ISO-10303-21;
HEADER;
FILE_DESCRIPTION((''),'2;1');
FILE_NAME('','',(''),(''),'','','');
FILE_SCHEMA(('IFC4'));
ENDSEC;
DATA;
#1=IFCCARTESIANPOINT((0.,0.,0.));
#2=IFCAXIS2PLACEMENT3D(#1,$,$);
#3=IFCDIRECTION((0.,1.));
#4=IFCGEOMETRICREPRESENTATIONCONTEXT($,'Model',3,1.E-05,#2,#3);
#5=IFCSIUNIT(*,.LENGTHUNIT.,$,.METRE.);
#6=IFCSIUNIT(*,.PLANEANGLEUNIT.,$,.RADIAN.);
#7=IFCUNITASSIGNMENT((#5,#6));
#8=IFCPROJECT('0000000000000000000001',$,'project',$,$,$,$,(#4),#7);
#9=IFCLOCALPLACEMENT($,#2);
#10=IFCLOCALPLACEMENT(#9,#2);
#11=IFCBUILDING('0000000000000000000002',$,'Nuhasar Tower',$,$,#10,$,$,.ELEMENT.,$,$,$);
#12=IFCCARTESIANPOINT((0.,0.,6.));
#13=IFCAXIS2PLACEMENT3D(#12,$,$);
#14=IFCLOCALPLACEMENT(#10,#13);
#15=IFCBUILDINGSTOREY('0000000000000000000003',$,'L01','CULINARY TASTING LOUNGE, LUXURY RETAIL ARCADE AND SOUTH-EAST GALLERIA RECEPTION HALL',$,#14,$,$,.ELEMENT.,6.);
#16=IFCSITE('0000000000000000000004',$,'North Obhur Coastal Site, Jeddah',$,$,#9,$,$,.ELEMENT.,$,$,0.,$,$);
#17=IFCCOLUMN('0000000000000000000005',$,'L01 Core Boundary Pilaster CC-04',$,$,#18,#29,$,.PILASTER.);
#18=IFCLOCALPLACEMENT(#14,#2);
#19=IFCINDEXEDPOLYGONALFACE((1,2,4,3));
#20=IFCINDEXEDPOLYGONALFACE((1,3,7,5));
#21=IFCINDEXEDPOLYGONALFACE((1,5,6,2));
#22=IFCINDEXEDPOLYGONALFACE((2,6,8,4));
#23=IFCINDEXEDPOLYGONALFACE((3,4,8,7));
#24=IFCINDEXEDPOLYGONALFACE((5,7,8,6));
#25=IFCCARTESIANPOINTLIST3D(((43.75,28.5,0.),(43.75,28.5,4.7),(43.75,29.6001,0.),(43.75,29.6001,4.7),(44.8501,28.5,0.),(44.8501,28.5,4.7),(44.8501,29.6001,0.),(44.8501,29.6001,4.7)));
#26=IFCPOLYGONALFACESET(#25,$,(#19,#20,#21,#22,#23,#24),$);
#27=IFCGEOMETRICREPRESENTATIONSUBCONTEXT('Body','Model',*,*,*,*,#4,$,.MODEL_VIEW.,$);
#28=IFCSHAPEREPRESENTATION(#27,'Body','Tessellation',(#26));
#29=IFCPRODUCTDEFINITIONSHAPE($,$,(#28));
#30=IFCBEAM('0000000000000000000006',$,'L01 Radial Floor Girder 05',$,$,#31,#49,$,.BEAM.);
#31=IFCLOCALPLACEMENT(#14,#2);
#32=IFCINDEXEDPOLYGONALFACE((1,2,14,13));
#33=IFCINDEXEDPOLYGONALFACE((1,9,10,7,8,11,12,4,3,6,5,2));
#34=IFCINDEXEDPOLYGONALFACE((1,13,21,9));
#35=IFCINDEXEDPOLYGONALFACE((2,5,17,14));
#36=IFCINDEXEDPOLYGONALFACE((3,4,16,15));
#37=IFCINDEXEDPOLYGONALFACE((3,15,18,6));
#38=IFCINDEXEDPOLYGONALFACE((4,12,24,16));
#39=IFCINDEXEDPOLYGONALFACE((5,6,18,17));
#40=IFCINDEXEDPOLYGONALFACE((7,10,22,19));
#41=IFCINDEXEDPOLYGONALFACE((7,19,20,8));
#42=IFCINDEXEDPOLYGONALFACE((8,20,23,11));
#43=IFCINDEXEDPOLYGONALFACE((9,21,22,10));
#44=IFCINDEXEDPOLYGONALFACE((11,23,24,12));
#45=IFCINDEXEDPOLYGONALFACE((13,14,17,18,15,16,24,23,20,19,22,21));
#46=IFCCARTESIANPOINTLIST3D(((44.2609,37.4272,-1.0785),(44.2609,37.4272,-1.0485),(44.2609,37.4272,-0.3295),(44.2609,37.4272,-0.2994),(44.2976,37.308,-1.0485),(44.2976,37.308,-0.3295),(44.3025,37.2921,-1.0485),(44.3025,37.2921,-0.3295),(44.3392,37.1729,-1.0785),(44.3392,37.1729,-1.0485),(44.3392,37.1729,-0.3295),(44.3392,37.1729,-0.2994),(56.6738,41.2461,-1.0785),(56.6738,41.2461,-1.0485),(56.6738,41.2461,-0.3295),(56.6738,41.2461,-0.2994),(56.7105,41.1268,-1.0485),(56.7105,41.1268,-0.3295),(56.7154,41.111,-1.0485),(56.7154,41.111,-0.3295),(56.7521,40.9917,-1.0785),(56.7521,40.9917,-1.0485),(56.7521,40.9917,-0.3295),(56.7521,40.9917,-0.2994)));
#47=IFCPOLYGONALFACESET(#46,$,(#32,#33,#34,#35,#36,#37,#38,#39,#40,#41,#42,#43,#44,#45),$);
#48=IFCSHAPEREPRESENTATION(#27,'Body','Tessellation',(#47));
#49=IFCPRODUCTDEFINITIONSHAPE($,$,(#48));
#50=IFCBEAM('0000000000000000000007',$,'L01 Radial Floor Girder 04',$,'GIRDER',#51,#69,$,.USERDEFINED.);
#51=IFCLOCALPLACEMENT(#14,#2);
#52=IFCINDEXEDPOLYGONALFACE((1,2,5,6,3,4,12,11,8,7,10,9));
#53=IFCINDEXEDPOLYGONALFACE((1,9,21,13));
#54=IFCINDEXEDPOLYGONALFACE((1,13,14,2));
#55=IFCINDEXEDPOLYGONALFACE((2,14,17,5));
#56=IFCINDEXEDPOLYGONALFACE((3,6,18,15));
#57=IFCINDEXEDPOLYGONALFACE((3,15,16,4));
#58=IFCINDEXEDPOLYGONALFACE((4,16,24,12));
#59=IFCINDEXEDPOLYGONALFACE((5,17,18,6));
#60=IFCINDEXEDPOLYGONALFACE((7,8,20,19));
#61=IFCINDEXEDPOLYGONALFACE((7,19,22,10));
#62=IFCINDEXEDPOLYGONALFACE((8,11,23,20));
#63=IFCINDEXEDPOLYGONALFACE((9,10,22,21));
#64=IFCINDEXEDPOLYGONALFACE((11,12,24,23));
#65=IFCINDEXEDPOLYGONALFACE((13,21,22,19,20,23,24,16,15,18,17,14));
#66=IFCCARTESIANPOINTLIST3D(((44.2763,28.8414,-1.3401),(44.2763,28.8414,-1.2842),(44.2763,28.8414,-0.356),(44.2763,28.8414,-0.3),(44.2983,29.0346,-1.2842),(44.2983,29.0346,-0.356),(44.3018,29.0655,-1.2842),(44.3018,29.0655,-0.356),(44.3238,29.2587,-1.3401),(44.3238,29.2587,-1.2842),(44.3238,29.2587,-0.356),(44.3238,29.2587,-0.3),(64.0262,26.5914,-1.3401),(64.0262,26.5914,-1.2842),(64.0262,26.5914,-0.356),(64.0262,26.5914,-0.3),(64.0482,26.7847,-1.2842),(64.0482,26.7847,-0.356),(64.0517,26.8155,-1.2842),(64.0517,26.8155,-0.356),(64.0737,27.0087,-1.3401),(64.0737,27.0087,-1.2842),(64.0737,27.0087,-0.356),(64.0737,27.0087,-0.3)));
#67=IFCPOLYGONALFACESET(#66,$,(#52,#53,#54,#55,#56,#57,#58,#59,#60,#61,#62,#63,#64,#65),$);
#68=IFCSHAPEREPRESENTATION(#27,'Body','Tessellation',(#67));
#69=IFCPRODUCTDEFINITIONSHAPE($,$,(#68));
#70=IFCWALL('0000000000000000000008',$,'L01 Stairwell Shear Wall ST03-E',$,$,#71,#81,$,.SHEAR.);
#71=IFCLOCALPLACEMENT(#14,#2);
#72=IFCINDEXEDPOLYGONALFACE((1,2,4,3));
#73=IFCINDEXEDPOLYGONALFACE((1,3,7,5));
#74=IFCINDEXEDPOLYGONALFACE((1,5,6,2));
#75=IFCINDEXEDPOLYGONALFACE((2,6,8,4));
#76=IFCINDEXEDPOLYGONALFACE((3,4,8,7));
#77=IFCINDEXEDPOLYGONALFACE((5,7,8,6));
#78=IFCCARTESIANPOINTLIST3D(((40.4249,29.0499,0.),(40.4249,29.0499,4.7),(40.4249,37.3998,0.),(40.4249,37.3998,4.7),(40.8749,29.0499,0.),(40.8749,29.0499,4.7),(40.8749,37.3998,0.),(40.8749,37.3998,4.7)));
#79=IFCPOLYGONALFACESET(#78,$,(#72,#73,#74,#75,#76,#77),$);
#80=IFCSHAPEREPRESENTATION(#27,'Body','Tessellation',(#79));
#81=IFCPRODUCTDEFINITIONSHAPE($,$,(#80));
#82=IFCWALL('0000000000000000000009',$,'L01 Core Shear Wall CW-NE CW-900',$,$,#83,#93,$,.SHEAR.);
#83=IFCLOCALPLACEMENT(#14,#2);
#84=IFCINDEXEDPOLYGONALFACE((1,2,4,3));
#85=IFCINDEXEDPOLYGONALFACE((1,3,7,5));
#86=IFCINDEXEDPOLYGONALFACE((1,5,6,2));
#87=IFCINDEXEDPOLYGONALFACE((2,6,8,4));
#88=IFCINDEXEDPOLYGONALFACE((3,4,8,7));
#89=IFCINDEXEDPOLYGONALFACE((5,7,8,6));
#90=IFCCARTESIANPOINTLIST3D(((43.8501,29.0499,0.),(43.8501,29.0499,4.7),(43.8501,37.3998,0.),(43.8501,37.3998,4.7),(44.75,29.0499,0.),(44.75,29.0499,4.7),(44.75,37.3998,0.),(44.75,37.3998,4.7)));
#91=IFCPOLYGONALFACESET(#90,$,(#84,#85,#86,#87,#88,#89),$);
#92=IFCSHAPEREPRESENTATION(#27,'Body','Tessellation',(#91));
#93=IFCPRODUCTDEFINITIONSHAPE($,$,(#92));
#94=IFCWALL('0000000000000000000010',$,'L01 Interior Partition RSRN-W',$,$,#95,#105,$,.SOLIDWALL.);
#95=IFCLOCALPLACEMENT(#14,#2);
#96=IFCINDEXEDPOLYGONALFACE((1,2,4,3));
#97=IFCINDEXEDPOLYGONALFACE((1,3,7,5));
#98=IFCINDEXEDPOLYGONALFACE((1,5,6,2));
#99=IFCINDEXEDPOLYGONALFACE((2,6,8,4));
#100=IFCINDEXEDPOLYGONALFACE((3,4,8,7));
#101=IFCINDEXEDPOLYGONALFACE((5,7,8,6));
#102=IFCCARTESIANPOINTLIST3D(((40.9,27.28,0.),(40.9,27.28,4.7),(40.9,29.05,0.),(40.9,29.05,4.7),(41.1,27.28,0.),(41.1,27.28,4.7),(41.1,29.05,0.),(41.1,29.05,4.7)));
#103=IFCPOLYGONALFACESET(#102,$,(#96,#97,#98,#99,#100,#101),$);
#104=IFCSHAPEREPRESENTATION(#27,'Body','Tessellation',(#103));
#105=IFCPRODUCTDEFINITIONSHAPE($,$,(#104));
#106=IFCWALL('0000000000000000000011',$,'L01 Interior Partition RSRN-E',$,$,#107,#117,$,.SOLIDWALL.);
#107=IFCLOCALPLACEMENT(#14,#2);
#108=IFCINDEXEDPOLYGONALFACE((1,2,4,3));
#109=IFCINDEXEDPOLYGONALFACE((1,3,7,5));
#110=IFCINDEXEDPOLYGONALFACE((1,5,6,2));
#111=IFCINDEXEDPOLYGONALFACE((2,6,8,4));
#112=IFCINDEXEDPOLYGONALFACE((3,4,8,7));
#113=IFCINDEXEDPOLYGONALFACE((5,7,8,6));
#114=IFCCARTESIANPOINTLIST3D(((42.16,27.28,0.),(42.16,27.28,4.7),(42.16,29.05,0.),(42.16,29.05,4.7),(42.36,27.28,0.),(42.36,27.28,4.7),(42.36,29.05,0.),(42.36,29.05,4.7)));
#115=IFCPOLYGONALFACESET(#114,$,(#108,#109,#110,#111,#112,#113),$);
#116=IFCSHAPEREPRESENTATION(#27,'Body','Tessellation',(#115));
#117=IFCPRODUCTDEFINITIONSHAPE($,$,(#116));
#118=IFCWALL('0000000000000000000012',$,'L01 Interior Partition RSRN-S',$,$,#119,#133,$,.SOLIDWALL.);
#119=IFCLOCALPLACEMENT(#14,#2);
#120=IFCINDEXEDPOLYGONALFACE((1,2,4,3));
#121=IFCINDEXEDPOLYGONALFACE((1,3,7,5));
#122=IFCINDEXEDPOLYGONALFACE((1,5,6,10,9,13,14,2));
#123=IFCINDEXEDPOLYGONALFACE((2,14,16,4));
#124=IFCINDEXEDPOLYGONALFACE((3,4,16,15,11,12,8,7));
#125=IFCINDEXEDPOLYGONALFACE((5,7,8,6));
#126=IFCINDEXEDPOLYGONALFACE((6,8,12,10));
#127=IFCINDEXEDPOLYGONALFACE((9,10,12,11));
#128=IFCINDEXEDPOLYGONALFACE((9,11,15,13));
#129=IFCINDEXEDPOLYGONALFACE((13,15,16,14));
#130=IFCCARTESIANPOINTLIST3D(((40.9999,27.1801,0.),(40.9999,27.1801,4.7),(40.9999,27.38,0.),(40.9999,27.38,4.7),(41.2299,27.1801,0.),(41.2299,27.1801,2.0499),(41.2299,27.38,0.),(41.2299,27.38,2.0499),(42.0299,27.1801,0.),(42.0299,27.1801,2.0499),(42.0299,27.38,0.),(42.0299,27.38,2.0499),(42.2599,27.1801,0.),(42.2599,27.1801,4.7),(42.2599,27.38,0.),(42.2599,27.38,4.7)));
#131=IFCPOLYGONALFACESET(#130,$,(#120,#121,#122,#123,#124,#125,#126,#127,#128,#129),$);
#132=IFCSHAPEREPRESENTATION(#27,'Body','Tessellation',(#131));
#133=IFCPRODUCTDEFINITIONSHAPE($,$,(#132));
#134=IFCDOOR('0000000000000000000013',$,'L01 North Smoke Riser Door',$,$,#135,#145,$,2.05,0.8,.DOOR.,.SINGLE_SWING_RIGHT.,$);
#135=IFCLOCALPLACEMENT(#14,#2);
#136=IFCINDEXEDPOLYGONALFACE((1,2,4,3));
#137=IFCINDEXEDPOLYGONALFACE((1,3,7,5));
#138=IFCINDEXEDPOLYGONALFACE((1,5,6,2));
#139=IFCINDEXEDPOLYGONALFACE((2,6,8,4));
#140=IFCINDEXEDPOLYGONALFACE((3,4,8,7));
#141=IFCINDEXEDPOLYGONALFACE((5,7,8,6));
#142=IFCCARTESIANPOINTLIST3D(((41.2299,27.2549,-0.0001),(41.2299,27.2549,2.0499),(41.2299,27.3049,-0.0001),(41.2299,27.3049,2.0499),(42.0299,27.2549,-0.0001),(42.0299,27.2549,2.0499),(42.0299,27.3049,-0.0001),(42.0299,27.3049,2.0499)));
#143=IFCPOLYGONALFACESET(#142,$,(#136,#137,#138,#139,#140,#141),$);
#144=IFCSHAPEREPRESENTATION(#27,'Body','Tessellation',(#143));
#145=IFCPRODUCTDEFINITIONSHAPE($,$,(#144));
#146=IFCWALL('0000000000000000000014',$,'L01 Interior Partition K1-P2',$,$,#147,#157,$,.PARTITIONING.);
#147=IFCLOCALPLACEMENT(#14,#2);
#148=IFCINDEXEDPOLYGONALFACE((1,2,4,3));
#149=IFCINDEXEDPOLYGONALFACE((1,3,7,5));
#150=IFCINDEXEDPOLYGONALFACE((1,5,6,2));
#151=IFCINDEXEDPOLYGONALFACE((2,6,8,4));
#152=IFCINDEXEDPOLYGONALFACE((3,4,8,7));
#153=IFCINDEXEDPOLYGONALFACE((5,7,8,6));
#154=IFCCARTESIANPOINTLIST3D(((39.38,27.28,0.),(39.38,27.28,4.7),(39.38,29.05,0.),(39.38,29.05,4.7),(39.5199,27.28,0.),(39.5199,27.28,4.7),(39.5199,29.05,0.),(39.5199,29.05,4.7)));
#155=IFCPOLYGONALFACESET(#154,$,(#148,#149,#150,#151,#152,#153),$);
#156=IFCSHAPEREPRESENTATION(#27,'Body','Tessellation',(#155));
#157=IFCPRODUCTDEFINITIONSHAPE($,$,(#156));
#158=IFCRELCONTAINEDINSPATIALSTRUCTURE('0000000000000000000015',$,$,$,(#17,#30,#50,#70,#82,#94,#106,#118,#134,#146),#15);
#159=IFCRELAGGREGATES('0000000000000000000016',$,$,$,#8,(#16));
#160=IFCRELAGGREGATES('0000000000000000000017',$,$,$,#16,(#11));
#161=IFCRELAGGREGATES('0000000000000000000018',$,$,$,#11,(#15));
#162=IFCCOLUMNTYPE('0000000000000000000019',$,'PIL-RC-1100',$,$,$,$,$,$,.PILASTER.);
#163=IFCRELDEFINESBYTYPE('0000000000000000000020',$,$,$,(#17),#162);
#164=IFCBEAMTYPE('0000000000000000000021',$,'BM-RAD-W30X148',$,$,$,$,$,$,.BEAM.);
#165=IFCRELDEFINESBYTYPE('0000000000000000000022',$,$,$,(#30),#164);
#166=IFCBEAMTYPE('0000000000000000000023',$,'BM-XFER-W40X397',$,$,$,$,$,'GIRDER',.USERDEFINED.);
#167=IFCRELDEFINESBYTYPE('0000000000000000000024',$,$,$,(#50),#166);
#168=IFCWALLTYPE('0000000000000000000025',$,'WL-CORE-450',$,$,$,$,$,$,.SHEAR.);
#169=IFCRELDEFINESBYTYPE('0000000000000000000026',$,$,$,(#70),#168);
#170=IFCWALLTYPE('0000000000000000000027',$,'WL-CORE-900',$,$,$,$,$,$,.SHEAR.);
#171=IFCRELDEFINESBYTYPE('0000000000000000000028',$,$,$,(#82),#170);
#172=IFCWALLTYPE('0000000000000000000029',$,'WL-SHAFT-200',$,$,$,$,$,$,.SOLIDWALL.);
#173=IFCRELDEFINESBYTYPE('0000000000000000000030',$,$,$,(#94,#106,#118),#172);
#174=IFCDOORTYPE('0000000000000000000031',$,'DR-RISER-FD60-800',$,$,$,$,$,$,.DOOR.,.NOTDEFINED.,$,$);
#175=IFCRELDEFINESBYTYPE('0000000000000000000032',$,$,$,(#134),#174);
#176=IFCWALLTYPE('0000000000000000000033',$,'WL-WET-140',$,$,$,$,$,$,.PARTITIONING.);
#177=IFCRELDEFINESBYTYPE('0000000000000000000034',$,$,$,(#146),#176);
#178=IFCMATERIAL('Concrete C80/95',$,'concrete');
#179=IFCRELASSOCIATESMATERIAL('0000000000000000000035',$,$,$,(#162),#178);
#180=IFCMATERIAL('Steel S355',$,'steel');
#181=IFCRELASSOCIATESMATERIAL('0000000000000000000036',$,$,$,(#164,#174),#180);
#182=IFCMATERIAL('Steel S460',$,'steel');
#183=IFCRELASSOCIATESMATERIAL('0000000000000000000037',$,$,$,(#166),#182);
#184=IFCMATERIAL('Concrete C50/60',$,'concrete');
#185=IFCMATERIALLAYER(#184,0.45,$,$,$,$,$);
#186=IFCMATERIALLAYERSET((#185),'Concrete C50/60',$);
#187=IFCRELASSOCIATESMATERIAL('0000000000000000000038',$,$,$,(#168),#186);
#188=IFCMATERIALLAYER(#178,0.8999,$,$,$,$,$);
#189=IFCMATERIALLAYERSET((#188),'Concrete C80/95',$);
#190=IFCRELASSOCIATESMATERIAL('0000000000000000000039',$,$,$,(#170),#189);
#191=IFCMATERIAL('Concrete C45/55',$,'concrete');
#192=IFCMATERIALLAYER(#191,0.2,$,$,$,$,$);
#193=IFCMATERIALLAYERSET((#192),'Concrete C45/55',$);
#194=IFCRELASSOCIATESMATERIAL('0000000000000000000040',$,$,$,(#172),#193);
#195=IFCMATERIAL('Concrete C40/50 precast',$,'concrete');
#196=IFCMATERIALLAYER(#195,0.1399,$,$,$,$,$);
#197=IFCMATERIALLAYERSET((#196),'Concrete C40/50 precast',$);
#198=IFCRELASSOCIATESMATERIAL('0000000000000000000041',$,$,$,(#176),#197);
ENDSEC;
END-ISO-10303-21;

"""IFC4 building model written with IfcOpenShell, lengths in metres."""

from ifc_helpers import new_model, si_unit, direction, frame, frame_2d, origin, origin_2d, place, context, subcontext, project, spatial, rectangle, i_section, extrude, material, layer, layer_set, material_profile, profile_set, type_object, element, fill, save


model = new_model("IFC4")

# Units and contexts
model_context = context("Model", 3, precision=1e-05, world=origin(), true_north=direction((0.0, 1.0)))
body_context = subcontext(model_context, "Body", "Model", "MODEL_VIEW")
ifc_project = project(units=[si_unit("LENGTHUNIT", "METRE"), si_unit("PLANEANGLEUNIT", "RADIAN")], contexts=[model_context])

# Site, building, storey
site_placement = place(None, origin())
site = spatial("IfcSite", under=ifc_project, at=site_placement, Name="North Obhur Coastal Site, Jeddah", CompositionType="ELEMENT", RefElevation=0.0)
building_placement = place(site_placement, origin())
building = spatial("IfcBuilding", under=site, at=building_placement, Name="Nuhasar Tower", CompositionType="ELEMENT")
storey_placement = place(building_placement, frame((0.0, 0.0, 6.0)))
storey = spatial("IfcBuildingStorey", under=building, at=storey_placement, Name="L01", Description="CULINARY TASTING LOUNGE, LUXURY RETAIL ARCADE AND SOUTH-EAST GALLERIA RECEPTION HALL", CompositionType="ELEMENT", Elevation=6.0)

# Column
ifc_material_1 = material(Name="Concrete C80/95", Category="concrete")
ifc_material_profile_1 = material_profile(ifc_material_1, rectangle(XDim=1.1001, YDim=1.1001, at=origin_2d()), Name="RC1100X1100")
ifc_profile_set_1 = profile_set([ifc_material_profile_1], Name="Concrete C80/95")
column_type = type_object("IfcColumnType", Name="PIL-RC-1100", PredefinedType="PILASTER", material=ifc_profile_set_1)
column_placement = place(storey_placement, frame((44.3, 29.05, 0.0), z_axis=(0.0, 0.0, 1.0), x_axis=(1.0, 0.0, 0.0)))
element("IfcColumn", 1, at=column_placement, inside=storey, type_object=column_type, Name="L01 Core Boundary Pilaster CC-04", PredefinedType="PILASTER", context=body_context, shape_type="SweptSolid", body=[
    extrude(rectangle(XDim=1.1001, YDim=1.1001, at=origin_2d()), origin(), (0.0, 0.0, 1.0), 4.7),
])

# Beams
ifc_material_2 = material(Name="Steel S355", Category="steel")
ifc_material_profile_2 = material_profile(ifc_material_2, i_section(OverallWidth=0.2661, OverallDepth=0.7791, WebThickness=0.0166, FlangeThickness=0.03, at=origin_2d()), Name="W30X148")
ifc_profile_set_2 = profile_set([ifc_material_profile_2], Name="Steel S355")
beam_type_1 = type_object("IfcBeamType", Name="BM-RAD-W30X148", PredefinedType="BEAM", material=ifc_profile_set_2)
beam_1_placement = place(storey_placement, frame((44.3, 37.3, -0.689), z_axis=(0.95579, 0.294052, 0.0), x_axis=(-0.294052, 0.95579, 0.0)))
element("IfcBeam", 2, at=beam_1_placement, inside=storey, type_object=beam_type_1, Name="L01 Radial Floor Girder 05", PredefinedType="BEAM", context=body_context, shape_type="SweptSolid", body=[
    extrude(i_section(OverallWidth=0.2661, OverallDepth=0.7791, WebThickness=0.0166, FlangeThickness=0.03, at=origin_2d()), origin(), (0.0, 0.0, 1.0), 12.9871),
])
ifc_material_3 = material(Name="Steel S460", Category="steel")
ifc_material_profile_3 = material_profile(ifc_material_3, i_section(OverallWidth=0.4199, OverallDepth=1.04, WebThickness=0.031, FlangeThickness=0.0559, at=origin_2d()), Name="W40X397")
ifc_profile_set_3 = profile_set([ifc_material_profile_3], Name="Steel S460")
beam_type_2 = type_object("IfcBeamType", Name="BM-XFER-W40X397", ElementType="GIRDER", PredefinedType="USERDEFINED", material=ifc_profile_set_3)
beam_2_placement = place(storey_placement, frame((44.3, 29.05, -0.8201), z_axis=(0.993573, -0.113192, 0.0), x_axis=(0.113192, 0.993573, 0.0)))
element("IfcBeam", 3, at=beam_2_placement, inside=storey, type_object=beam_type_2, Name="L01 Radial Floor Girder 04", ObjectType="GIRDER", PredefinedType="USERDEFINED", context=body_context, shape_type="SweptSolid", body=[
    extrude(i_section(OverallWidth=0.4199, OverallDepth=1.04, WebThickness=0.031, FlangeThickness=0.0559, at=origin_2d()), origin(), (0.0, 0.0, 1.0), 19.8777),
])

# Walls
ifc_material_4 = material(Name="Concrete C50/60", Category="concrete")
ifc_layer_1 = layer(ifc_material_4, 0.45)
ifc_layer_set_1 = layer_set([ifc_layer_1], Name="Concrete C50/60")
wall_type_1 = type_object("IfcWallType", Name="WL-CORE-450", PredefinedType="SHEAR", material=ifc_layer_set_1)
wall_1_placement = place(storey_placement, frame((40.6499, 29.05, 0.0), z_axis=(0.0, 0.0, 1.0), x_axis=(0.0, 1.0, 0.0)))
element("IfcWall", 4, at=wall_1_placement, inside=storey, type_object=wall_type_1, Name="L01 Stairwell Shear Wall ST03-E", PredefinedType="SHEAR", context=body_context, shape_type="SweptSolid", body=[
    extrude(rectangle(XDim=8.3499, YDim=0.45, at=frame_2d((4.1748, 0.0))), origin(), (0.0, 0.0, 1.0), 4.7),
])
ifc_layer_2 = layer(ifc_material_1, 0.8999)
ifc_layer_set_2 = layer_set([ifc_layer_2], Name="Concrete C80/95")
wall_type_2 = type_object("IfcWallType", Name="WL-CORE-900", PredefinedType="SHEAR", material=ifc_layer_set_2)
wall_2_placement = place(storey_placement, frame((44.3, 29.05, 0.0), z_axis=(0.0, 0.0, 1.0), x_axis=(0.0, 1.0, 0.0)))
element("IfcWall", 5, at=wall_2_placement, inside=storey, type_object=wall_type_2, Name="L01 Core Shear Wall CW-NE CW-900", PredefinedType="SHEAR", context=body_context, shape_type="SweptSolid", body=[
    extrude(rectangle(XDim=8.3499, YDim=0.8999, at=frame_2d((4.1748, 0.0))), origin(), (0.0, 0.0, 1.0), 4.7),
])
ifc_material_5 = material(Name="Concrete C45/55", Category="concrete")
ifc_layer_3 = layer(ifc_material_5, 0.2)
ifc_layer_set_3 = layer_set([ifc_layer_3], Name="Concrete C45/55")
wall_type_3 = type_object("IfcWallType", Name="WL-SHAFT-200", PredefinedType="SOLIDWALL", material=ifc_layer_set_3)
for number, where, z_axis, x_axis, name in (
    (6, (41.0, 27.28, 0.0), (0.0, 0.0, 1.0), (0.0, 1.0, 0.0), "L01 Interior Partition RSRN-W"),
    (7, (42.26, 27.28, 0.0), (0.0, 0.0, 1.0), (0.0, 1.0, 0.0), "L01 Interior Partition RSRN-E"),
):
    element("IfcWall", number, at=place(storey_placement, frame(where, z_axis=z_axis, x_axis=x_axis)), inside=storey, type_object=wall_type_3, Name=name, PredefinedType="SOLIDWALL", context=body_context, shape_type="SweptSolid", body=[
        extrude(rectangle(XDim=1.77, YDim=0.2, at=frame_2d((0.885, 0.0))), origin(), (0.0, 0.0, 1.0), 4.7),
    ])

# Wall, opening, door
wall_3_placement = place(storey_placement, frame((41.0, 27.28, 0.0), z_axis=(0.0, 0.0, 1.0), x_axis=(1.0, 0.0, 0.0)))
wall_3 = element("IfcWall", 8, at=wall_3_placement, inside=storey, type_object=wall_type_3, Name="L01 Interior Partition RSRN-S", PredefinedType="SOLIDWALL", context=body_context, shape_type="SweptSolid", body=[
    extrude(rectangle(XDim=1.26, YDim=0.2, at=frame_2d((0.6299, 0.0))), origin(), (0.0, 0.0, 1.0), 4.7),
])
opening_placement = place(wall_3_placement, frame((0.23, 0.0, 0.0)))
opening = element("IfcOpeningElement", 9, at=opening_placement, cuts=wall_3, PredefinedType="OPENING", context=body_context, shape_type="SweptSolid", body=[
    extrude(rectangle(XDim=0.8, YDim=2.05, at=frame_2d((0.3999, 1.0249))), frame((0.0, 0.1099, 0.0), z_axis=(0.0, -1.0, 0.0), x_axis=(1.0, 0.0, 0.0)), (0.0, 0.0, 1.0), 0.22),
])
door_type = type_object("IfcDoorType", Name="DR-RISER-FD60-800", OperationType="NOTDEFINED", PredefinedType="DOOR", material=ifc_material_2)
door_placement = place(opening_placement, origin())
door = element("IfcDoor", 10, at=door_placement, inside=storey, type_object=door_type, Name="L01 North Smoke Riser Door", OperationType="SINGLE_SWING_RIGHT", OverallHeight=2.05, OverallWidth=0.8, PredefinedType="DOOR", context=body_context, shape_type="SweptSolid", body=[
    extrude(rectangle(XDim=0.8, YDim=2.05, at=frame_2d((0.3999, 1.0249))), frame((0.0, 0.0249, 0.0), z_axis=(0.0, -1.0, 0.0), x_axis=(1.0, 0.0, 0.0)), (0.0, 0.0, 1.0), 0.05),
])
fill(opening, door)

# Wall
ifc_material_6 = material(Name="Concrete C40/50 precast", Category="concrete")
ifc_layer_4 = layer(ifc_material_6, 0.1399)
ifc_layer_set_4 = layer_set([ifc_layer_4], Name="Concrete C40/50 precast")
wall_type_4 = type_object("IfcWallType", Name="WL-WET-140", PredefinedType="PARTITIONING", material=ifc_layer_set_4)
wall_4_placement = place(storey_placement, frame((39.45, 27.28, 0.0), z_axis=(0.0, 0.0, 1.0), x_axis=(0.0, 1.0, 0.0)))
element("IfcWall", 11, at=wall_4_placement, inside=storey, type_object=wall_type_4, Name="L01 Interior Partition K1-P2", PredefinedType="PARTITIONING", context=body_context, shape_type="SweptSolid", body=[
    extrude(rectangle(XDim=1.77, YDim=0.1399, at=frame_2d((0.885, 0.0))), origin(), (0.0, 0.0, 1.0), 4.7),
])

save(model, "model.ifc")
